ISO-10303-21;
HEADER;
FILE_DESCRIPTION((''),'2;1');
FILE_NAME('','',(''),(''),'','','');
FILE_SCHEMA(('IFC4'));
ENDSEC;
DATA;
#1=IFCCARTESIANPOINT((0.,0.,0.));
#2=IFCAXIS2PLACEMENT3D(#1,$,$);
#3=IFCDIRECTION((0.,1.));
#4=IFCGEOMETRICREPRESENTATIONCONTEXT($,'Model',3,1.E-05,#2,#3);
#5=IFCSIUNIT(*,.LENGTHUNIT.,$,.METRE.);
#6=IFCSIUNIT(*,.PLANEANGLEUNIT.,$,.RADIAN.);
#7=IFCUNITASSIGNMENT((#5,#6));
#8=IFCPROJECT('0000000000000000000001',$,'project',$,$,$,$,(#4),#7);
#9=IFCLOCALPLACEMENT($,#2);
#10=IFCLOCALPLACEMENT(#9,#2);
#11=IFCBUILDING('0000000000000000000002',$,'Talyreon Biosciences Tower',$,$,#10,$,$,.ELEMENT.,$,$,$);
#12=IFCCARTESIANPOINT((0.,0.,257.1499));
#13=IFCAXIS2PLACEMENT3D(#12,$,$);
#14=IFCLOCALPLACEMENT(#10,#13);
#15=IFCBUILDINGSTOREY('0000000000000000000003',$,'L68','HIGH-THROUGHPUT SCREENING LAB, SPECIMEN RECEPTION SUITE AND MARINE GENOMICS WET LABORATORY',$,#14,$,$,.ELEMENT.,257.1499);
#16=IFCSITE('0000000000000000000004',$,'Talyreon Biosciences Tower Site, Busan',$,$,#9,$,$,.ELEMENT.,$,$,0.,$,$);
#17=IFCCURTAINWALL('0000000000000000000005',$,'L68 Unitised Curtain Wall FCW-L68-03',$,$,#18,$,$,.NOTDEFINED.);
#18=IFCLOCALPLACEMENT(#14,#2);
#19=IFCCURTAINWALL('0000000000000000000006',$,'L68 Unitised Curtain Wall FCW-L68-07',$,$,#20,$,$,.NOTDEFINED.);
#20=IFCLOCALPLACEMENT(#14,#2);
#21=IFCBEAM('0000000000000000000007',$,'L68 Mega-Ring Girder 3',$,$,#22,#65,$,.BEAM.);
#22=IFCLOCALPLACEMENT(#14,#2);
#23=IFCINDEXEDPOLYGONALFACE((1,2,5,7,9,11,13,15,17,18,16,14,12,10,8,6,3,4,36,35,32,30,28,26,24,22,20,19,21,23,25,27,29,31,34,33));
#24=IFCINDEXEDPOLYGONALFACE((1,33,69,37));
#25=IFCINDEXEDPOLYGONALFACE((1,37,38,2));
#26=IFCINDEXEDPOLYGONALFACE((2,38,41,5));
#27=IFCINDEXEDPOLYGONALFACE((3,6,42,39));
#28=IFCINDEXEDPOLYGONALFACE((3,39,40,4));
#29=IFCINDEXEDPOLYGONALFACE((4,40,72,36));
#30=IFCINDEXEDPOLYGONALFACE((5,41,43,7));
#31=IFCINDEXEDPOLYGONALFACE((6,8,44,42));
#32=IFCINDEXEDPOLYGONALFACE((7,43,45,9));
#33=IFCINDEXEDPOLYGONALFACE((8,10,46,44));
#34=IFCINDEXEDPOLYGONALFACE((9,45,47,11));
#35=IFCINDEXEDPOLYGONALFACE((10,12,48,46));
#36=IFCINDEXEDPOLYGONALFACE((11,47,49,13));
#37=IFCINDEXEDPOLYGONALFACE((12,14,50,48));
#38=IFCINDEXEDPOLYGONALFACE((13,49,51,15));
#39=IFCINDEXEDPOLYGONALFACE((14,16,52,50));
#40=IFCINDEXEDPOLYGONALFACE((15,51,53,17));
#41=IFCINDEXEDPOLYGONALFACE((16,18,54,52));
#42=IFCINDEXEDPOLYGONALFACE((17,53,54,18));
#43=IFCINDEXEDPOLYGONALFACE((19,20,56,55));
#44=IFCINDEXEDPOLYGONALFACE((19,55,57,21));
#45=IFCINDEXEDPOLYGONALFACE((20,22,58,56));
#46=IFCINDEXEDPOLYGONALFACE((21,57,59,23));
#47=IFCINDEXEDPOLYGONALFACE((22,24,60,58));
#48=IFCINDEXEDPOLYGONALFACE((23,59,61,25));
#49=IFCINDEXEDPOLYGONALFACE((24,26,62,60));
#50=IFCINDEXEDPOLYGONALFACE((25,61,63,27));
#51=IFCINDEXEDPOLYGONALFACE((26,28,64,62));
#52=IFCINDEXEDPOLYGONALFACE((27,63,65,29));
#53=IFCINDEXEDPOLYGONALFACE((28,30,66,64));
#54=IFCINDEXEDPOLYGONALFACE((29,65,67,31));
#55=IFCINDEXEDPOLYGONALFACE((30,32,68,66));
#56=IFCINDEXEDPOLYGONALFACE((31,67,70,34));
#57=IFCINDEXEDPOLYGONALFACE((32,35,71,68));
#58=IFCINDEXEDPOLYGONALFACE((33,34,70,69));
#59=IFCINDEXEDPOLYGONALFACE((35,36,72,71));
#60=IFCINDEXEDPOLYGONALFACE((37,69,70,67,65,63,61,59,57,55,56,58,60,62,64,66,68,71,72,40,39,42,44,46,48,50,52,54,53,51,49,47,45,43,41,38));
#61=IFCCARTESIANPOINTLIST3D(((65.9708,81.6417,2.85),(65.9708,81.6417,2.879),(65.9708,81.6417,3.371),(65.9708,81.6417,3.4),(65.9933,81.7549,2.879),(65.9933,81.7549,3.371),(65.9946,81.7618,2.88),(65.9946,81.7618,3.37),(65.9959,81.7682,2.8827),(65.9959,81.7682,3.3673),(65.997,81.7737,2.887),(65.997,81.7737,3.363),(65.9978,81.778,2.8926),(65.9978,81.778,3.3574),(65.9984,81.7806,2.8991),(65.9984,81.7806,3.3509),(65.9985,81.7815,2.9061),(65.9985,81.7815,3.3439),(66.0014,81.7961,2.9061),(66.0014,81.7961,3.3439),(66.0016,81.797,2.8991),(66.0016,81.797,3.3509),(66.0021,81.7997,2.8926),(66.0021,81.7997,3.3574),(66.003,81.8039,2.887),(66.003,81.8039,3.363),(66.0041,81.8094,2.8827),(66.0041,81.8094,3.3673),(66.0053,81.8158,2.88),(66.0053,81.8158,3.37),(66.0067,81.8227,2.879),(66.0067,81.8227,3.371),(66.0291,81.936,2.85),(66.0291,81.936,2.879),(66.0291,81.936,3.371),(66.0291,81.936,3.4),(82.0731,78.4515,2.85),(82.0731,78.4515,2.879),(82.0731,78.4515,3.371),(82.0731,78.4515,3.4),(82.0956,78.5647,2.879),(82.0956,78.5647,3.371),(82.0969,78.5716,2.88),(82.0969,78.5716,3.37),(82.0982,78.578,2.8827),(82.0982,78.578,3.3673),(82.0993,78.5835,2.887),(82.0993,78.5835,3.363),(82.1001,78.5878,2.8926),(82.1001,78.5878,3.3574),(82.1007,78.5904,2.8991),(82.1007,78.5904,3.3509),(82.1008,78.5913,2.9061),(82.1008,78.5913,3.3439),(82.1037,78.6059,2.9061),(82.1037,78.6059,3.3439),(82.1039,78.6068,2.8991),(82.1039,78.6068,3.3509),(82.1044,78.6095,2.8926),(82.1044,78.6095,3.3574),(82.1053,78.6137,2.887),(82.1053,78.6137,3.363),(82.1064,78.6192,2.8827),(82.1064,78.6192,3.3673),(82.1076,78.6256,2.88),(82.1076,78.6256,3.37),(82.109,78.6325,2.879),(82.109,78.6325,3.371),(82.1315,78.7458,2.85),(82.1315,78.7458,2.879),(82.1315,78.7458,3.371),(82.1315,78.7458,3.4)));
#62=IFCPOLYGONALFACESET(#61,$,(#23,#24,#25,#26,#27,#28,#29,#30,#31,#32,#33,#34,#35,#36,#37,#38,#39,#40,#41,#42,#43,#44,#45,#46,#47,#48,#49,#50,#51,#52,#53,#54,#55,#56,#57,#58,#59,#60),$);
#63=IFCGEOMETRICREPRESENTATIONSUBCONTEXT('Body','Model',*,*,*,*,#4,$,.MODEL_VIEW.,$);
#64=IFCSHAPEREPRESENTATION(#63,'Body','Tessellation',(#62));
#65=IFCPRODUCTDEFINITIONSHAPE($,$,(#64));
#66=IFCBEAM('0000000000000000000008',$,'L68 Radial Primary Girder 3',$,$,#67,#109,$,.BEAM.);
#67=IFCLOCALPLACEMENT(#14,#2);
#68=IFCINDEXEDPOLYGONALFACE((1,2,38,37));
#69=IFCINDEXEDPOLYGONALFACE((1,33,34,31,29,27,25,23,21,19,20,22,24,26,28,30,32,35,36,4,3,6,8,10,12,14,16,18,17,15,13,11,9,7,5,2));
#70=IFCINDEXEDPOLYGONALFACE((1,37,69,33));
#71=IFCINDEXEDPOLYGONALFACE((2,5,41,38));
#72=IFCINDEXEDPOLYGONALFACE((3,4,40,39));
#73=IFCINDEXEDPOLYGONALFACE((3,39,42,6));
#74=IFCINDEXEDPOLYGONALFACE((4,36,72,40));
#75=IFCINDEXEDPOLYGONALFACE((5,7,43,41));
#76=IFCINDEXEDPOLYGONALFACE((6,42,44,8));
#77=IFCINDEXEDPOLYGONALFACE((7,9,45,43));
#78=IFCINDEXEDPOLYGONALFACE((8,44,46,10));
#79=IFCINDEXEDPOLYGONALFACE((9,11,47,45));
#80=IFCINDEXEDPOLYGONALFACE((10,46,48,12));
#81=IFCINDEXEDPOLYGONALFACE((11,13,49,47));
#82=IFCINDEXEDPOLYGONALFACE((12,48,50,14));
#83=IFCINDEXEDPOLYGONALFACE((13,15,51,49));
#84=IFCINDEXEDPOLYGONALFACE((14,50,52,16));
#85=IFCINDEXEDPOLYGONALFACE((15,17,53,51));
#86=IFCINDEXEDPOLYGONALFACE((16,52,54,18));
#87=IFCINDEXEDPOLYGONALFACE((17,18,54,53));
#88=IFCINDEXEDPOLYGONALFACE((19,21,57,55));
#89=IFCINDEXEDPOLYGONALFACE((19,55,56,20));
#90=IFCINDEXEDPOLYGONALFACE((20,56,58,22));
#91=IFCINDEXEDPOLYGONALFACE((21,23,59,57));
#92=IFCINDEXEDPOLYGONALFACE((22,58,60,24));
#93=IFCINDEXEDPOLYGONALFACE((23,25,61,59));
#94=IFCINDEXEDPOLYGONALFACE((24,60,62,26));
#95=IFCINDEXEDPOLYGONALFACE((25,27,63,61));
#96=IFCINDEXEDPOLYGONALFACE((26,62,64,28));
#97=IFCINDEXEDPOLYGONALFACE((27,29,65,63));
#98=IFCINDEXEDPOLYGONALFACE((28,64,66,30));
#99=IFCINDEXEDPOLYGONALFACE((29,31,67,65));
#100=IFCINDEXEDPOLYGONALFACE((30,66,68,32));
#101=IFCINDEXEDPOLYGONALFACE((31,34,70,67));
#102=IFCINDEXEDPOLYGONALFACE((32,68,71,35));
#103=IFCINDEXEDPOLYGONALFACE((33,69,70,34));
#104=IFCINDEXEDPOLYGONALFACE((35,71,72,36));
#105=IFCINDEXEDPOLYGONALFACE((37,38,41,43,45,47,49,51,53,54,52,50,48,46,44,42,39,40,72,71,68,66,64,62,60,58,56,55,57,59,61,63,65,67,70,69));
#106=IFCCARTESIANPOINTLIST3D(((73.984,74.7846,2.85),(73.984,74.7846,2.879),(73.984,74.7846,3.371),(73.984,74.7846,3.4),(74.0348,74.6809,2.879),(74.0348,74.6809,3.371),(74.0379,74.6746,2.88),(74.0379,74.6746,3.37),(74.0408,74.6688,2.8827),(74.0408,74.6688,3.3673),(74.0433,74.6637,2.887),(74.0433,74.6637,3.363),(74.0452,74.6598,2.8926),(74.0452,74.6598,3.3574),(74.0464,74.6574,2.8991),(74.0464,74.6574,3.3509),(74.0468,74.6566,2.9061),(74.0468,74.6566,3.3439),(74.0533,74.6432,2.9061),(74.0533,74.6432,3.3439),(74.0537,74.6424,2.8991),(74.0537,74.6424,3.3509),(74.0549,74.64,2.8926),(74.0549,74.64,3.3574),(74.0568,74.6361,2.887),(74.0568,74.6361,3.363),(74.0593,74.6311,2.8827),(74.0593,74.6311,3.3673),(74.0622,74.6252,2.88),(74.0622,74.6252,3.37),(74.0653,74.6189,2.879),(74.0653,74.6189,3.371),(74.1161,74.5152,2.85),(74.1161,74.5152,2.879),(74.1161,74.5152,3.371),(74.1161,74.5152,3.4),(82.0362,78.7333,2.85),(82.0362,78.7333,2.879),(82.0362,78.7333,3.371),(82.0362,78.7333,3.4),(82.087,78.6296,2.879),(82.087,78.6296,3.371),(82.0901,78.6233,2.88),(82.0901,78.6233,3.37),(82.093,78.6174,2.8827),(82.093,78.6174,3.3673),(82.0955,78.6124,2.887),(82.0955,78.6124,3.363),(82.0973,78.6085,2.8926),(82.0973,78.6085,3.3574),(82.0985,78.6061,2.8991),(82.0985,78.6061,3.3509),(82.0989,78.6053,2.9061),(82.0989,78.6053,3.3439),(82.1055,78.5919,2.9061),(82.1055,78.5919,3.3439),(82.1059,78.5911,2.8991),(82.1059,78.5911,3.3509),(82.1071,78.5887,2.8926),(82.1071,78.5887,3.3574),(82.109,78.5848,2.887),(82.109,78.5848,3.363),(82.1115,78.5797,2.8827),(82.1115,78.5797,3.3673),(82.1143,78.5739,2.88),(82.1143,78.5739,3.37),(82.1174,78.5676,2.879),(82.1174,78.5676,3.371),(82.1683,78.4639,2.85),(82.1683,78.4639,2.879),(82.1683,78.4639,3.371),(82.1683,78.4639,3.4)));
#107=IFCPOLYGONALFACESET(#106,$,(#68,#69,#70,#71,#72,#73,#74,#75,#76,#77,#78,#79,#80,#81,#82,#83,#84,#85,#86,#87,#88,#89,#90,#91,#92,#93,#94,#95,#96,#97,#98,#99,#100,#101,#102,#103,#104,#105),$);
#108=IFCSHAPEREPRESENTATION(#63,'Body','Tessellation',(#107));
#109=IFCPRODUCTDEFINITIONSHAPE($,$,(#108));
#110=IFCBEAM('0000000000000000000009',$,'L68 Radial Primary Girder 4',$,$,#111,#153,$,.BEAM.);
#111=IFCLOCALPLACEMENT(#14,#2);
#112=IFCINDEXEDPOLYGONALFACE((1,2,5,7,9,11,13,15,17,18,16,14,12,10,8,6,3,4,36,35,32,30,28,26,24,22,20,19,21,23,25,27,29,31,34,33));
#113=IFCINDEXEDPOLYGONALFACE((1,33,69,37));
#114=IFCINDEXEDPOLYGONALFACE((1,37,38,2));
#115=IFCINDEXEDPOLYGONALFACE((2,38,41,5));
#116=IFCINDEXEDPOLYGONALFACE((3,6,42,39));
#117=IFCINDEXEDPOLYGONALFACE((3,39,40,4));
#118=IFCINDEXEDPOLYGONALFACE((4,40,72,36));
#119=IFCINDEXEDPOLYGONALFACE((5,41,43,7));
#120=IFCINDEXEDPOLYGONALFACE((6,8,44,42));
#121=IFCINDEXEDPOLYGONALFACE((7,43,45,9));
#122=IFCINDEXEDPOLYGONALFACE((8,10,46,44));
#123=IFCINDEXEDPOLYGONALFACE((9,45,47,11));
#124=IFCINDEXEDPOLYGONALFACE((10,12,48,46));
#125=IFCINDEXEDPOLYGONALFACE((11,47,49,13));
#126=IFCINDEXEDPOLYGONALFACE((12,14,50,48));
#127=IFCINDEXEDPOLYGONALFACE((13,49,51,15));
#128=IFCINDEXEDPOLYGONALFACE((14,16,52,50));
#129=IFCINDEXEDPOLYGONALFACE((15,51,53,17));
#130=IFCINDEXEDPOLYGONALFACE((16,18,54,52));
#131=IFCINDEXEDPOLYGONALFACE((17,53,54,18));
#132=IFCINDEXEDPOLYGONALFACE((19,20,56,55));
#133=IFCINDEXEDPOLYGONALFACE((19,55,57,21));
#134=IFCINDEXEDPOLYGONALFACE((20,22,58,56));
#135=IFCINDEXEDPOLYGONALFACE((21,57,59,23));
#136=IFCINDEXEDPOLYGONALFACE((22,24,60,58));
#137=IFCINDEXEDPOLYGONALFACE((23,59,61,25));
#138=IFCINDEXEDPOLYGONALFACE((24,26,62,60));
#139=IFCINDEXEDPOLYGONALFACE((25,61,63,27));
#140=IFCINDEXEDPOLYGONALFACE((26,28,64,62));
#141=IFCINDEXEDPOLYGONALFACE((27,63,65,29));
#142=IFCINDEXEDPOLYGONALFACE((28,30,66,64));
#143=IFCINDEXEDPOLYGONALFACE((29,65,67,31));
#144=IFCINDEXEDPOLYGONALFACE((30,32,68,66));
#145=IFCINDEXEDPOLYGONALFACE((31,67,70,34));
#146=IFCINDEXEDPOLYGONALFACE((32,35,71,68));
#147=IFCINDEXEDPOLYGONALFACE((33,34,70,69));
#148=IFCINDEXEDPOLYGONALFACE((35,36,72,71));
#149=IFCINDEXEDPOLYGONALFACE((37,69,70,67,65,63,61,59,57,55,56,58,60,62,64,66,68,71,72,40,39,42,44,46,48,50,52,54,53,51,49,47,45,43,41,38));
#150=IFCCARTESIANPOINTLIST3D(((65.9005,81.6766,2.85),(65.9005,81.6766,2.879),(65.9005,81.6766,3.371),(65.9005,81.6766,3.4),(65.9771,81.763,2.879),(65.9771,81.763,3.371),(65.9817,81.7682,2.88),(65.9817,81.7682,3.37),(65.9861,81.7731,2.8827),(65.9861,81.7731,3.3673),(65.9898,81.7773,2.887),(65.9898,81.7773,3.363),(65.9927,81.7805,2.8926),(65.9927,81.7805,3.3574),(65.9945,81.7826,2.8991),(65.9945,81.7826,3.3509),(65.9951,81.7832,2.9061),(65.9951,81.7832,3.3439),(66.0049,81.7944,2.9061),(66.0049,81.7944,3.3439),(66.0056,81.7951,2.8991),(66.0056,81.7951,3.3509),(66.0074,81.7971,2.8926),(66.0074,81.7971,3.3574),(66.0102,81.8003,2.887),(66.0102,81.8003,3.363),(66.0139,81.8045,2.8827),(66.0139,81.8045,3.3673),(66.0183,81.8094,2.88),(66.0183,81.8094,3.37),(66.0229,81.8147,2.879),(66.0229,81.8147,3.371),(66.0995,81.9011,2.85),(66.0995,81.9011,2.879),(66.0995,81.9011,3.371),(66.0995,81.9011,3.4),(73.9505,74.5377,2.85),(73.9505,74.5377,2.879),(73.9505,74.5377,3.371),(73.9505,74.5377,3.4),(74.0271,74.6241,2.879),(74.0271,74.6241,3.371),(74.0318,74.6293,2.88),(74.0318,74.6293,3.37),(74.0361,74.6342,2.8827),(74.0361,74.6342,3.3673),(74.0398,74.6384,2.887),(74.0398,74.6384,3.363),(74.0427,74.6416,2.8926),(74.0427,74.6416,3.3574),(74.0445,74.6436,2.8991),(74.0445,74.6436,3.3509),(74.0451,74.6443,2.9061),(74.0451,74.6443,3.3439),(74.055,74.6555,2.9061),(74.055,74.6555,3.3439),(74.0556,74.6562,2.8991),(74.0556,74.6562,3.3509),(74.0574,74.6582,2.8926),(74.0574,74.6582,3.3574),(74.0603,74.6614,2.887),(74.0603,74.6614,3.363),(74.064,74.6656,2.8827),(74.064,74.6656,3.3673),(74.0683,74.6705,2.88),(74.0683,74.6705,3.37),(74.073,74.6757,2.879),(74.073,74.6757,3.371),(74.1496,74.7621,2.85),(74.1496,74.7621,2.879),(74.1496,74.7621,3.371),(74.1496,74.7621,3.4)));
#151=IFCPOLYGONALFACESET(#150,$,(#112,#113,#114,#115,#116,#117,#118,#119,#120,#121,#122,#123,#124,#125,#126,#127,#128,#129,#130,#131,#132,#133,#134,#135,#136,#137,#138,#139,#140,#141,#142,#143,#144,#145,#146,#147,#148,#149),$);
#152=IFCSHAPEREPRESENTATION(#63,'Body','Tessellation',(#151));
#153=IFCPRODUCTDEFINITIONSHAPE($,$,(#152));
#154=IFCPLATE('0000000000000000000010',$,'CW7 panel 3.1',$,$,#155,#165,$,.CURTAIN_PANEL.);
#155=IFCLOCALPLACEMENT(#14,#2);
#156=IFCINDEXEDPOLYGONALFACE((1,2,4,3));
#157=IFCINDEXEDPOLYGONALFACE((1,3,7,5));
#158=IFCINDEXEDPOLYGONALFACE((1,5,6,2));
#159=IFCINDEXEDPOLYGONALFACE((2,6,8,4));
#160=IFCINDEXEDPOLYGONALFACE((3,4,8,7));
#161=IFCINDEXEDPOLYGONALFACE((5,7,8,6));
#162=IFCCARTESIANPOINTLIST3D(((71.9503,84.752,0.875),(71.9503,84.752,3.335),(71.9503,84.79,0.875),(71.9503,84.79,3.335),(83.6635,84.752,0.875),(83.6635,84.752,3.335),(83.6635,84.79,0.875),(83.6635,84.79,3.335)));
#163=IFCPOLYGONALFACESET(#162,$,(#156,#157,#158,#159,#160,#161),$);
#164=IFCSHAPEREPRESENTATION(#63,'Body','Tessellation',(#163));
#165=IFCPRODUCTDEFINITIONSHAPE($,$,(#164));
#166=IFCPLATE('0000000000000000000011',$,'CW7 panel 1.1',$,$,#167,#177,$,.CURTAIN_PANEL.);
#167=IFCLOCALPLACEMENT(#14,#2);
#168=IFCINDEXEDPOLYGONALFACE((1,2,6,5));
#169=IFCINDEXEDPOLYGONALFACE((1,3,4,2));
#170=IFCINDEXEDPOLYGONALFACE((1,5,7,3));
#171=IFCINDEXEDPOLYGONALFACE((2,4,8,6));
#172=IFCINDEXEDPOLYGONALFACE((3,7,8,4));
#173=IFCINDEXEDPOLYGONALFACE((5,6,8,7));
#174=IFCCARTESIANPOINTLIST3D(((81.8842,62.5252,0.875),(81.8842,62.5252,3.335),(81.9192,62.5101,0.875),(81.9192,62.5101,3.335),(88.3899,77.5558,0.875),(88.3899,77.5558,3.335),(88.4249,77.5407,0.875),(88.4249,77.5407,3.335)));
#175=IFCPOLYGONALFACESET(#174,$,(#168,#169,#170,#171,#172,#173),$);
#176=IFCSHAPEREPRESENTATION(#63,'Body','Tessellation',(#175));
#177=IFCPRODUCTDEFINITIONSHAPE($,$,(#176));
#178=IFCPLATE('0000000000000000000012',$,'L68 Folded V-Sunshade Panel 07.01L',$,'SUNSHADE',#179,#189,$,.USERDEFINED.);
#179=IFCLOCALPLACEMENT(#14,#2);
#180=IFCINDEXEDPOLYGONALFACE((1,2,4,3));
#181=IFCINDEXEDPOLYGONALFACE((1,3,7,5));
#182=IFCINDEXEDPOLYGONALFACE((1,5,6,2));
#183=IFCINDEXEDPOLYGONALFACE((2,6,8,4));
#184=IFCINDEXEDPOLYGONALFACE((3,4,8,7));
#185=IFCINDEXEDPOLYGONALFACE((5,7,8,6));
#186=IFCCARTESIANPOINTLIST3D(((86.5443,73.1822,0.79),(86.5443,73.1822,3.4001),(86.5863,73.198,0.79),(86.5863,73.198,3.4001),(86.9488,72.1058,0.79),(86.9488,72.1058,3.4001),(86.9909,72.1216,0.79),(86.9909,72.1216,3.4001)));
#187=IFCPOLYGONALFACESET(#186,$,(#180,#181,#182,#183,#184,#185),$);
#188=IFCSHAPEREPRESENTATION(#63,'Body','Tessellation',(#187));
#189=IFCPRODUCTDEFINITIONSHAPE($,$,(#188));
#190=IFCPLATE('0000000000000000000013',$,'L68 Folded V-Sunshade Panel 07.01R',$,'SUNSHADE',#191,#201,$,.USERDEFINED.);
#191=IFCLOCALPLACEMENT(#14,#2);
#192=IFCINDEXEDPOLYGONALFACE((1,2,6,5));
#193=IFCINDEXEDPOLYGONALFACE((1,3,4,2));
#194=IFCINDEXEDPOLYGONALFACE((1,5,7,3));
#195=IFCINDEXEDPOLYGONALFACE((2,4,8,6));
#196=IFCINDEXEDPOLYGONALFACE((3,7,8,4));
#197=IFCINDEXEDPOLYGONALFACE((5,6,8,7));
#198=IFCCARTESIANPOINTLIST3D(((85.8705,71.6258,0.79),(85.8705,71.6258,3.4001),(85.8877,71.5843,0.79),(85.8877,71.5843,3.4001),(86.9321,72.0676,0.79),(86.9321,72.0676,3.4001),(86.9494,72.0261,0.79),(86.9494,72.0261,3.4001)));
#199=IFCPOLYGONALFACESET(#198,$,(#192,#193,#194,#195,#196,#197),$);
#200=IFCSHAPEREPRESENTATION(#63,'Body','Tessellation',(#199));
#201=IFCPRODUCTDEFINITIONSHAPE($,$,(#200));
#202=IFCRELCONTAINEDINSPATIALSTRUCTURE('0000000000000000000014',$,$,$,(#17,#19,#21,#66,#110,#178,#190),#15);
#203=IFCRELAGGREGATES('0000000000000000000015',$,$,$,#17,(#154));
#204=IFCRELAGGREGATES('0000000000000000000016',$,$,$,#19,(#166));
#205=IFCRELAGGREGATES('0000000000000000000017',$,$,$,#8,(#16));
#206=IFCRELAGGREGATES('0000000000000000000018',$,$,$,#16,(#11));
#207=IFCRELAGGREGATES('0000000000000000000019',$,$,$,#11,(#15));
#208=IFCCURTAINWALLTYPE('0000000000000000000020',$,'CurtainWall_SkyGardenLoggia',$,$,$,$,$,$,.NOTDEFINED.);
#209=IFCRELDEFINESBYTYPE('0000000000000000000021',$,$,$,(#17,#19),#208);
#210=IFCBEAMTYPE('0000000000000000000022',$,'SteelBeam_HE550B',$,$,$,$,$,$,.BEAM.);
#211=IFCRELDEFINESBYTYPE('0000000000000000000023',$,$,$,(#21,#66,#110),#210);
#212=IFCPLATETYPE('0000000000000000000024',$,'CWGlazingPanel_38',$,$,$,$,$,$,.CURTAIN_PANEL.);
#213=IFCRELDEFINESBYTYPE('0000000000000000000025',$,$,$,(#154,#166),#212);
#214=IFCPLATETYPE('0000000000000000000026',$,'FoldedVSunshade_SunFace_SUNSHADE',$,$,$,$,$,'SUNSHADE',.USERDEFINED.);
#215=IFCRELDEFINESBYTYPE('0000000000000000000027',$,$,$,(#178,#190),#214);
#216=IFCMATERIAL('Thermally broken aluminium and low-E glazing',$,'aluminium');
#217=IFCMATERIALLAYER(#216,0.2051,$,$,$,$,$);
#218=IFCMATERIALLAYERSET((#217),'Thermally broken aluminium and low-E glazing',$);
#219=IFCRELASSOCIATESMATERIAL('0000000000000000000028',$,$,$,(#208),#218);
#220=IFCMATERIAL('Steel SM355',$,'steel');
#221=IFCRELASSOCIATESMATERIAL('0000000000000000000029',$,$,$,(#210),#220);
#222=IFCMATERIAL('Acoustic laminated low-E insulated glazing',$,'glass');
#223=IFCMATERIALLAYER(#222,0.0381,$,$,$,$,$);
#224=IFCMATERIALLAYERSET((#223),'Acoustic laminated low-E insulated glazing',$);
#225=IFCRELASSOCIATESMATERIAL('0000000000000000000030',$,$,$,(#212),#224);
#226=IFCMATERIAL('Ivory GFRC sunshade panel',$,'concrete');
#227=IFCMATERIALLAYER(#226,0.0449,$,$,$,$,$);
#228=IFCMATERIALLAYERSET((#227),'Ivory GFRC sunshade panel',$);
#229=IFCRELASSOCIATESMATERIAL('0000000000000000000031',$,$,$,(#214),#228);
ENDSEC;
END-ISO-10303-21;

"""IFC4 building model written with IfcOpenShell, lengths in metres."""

from ifc_helpers import new_model, si_unit, direction, frame, origin, origin_2d, place, context, subcontext, project, spatial, rectangle, i_section, extrude, material, layer, layer_set, material_profile, profile_set, type_object, element, aggregate, save


model = new_model("IFC4")

# Units and contexts
model_context = context("Model", 3, precision=1e-05, world=origin(), true_north=direction((0.0, 1.0)))
body_context = subcontext(model_context, "Body", "Model", "MODEL_VIEW")
ifc_project = project(units=[si_unit("LENGTHUNIT", "METRE"), si_unit("PLANEANGLEUNIT", "RADIAN")], contexts=[model_context])

# Site, building, storey
site_placement = place(None, origin())
site = spatial("IfcSite", under=ifc_project, at=site_placement, Name="Talyreon Biosciences Tower Site, Busan", CompositionType="ELEMENT", RefElevation=0.0)
building_placement = place(site_placement, origin())
building = spatial("IfcBuilding", under=site, at=building_placement, Name="Talyreon Biosciences Tower", CompositionType="ELEMENT")
storey_placement = place(building_placement, frame((0.0, 0.0, 257.1499)))
storey = spatial("IfcBuildingStorey", under=building, at=storey_placement, Name="L68", Description="HIGH-THROUGHPUT SCREENING LAB, SPECIMEN RECEPTION SUITE AND MARINE GENOMICS WET LABORATORY", CompositionType="ELEMENT", Elevation=257.1499)

# Curtain wall
ifc_material_1 = material(Name="Thermally broken aluminium and low-E glazing", Category="aluminium")
ifc_layer_1 = layer(ifc_material_1, 0.2051)
ifc_layer_set_1 = layer_set([ifc_layer_1], Name="Thermally broken aluminium and low-E glazing")
curtain_wall_type = type_object("IfcCurtainWallType", Name="CurtainWall_SkyGardenLoggia", PredefinedType="NOTDEFINED", material=ifc_layer_set_1)
curtain_wall_1_placement = place(storey_placement, origin())
curtain_wall_1 = element("IfcCurtainWall", 1, at=curtain_wall_1_placement, inside=storey, type_object=curtain_wall_type, Name="L68 Unitised Curtain Wall FCW-L68-03", PredefinedType="NOTDEFINED")

# Curtain wall
curtain_wall_2_placement = place(storey_placement, origin())
curtain_wall_2 = element("IfcCurtainWall", 2, at=curtain_wall_2_placement, inside=storey, type_object=curtain_wall_type, Name="L68 Unitised Curtain Wall FCW-L68-07", PredefinedType="NOTDEFINED")

# Beams
ifc_material_2 = material(Name="Steel SM355", Category="steel")
ifc_material_profile_1 = material_profile(ifc_material_2, i_section(OverallWidth=0.3, OverallDepth=0.55, WebThickness=0.0149, FlangeThickness=0.0291, FilletRadius=0.0271, at=origin_2d()), Name="HE550B")
ifc_profile_set_1 = profile_set([ifc_material_profile_1], Name="Steel SM355")
beam_type_1 = type_object("IfcBeamType", Name="SteelBeam_HE550B", PredefinedType="BEAM", material=ifc_profile_set_1)
beam_1_placement = place(storey_placement, frame((82.1023, 78.5986, 3.125), z_axis=(-0.980934, 0.194343, 0.0), x_axis=(-0.194343, -0.980934, 0.0)))
element("IfcBeam", 3, at=beam_1_placement, inside=storey, type_object=beam_type_1, Name="L68 Mega-Ring Girder 3", PredefinedType="BEAM", context=body_context, shape_type="SweptSolid", body=[
    extrude(i_section(OverallWidth=0.3, OverallDepth=0.55, WebThickness=0.0149, FlangeThickness=0.0291, FilletRadius=0.0271, at=origin_2d()), origin(), (0.0, 0.0, 1.0), 16.4153),
])
beam_2_placement = place(storey_placement, frame((74.05, 74.6499, 3.125), z_axis=(0.897852, 0.440297, 0.0), x_axis=(-0.440297, 0.897852, 0.0)))
element("IfcBeam", 4, at=beam_2_placement, inside=storey, type_object=beam_type_1, Name="L68 Radial Primary Girder 3", PredefinedType="BEAM", context=body_context, shape_type="SweptSolid", body=[
    extrude(i_section(OverallWidth=0.3, OverallDepth=0.55, WebThickness=0.0149, FlangeThickness=0.0291, FilletRadius=0.0271, at=origin_2d()), origin(), (0.0, 0.0, 1.0), 8.9683),
])
beam_3_placement = place(storey_placement, frame((74.05, 74.6499, 3.125), z_axis=(-0.748179, 0.663497, 0.0), x_axis=(-0.663497, -0.748179, 0.0)))
element("IfcBeam", 5, at=beam_3_placement, inside=storey, type_object=beam_type_1, Name="L68 Radial Primary Girder 4", PredefinedType="BEAM", context=body_context, shape_type="SweptSolid", body=[
    extrude(i_section(OverallWidth=0.3, OverallDepth=0.55, WebThickness=0.0149, FlangeThickness=0.0291, FilletRadius=0.0271, at=origin_2d()), origin(), (0.0, 0.0, 1.0), 10.7595),
])

# Plates
ifc_material_3 = material(Name="Acoustic laminated low-E insulated glazing", Category="glass")
ifc_layer_2 = layer(ifc_material_3, 0.0381)
ifc_layer_set_2 = layer_set([ifc_layer_2], Name="Acoustic laminated low-E insulated glazing")
plate_type_1 = type_object("IfcPlateType", Name="CWGlazingPanel_38", PredefinedType="CURTAIN_PANEL", material=ifc_layer_set_2)
plate_1_placement = place(storey_placement, frame((77.8069, 84.771, 0.875), z_axis=(0.0, 0.0, 1.0), x_axis=(1.0, 0.0, 0.0)))
plate_1 = element("IfcPlate", 6, at=plate_1_placement, type_object=plate_type_1, Name="CW7 panel 3.1", PredefinedType="CURTAIN_PANEL", context=body_context, shape_type="SweptSolid", body=[
    extrude(rectangle(XDim=11.7131, YDim=0.0381, at=origin_2d()), origin(), (0.0, 0.0, 1.0), 2.46),
])
aggregate(curtain_wall_1, [plate_1])
plate_2_placement = place(storey_placement, frame((85.1545, 70.033, 0.875), z_axis=(0.0, 0.0, 1.0), x_axis=(-0.397219, -0.917724, 0.0)))
plate_2 = element("IfcPlate", 7, at=plate_2_placement, type_object=plate_type_1, Name="CW7 panel 1.1", PredefinedType="CURTAIN_PANEL", context=body_context, shape_type="SweptSolid", body=[
    extrude(rectangle(XDim=16.3782, YDim=0.0381, at=origin_2d()), origin(), (0.0, 0.0, 1.0), 2.46),
])
aggregate(curtain_wall_2, [plate_2])

# Plates
ifc_material_4 = material(Name="Ivory GFRC sunshade panel", Category="concrete")
ifc_layer_3 = layer(ifc_material_4, 0.0449)
ifc_layer_set_3 = layer_set([ifc_layer_3], Name="Ivory GFRC sunshade panel")
plate_type_2 = type_object("IfcPlateType", Name="FoldedVSunshade_SunFace_SUNSHADE", ElementType="SUNSHADE", PredefinedType="USERDEFINED", material=ifc_layer_set_3)
for number, where, z_axis, x_axis, name in (
    (8, (86.7676, 72.6519, 0.79), (0.0, 0.0, 1.0), (0.351776, -0.936084, 0.0), "L68 Folded V-Sunshade Panel 07.01L"),
    (9, (86.4099, 71.8259, 0.79), (0.0, 0.0, 1.0), (-0.923237, -0.384231, 0.0), "L68 Folded V-Sunshade Panel 07.01R"),
):
    element("IfcPlate", number, at=place(storey_placement, frame(where, z_axis=z_axis, x_axis=x_axis)), inside=storey, type_object=plate_type_2, Name=name, ObjectType="SUNSHADE", PredefinedType="USERDEFINED", context=body_context, shape_type="SweptSolid", body=[
        extrude(rectangle(XDim=1.1499, YDim=0.0449, at=origin_2d()), origin(), (0.0, 0.0, 1.0), 2.6101),
    ])

save(model, "model.ifc")
